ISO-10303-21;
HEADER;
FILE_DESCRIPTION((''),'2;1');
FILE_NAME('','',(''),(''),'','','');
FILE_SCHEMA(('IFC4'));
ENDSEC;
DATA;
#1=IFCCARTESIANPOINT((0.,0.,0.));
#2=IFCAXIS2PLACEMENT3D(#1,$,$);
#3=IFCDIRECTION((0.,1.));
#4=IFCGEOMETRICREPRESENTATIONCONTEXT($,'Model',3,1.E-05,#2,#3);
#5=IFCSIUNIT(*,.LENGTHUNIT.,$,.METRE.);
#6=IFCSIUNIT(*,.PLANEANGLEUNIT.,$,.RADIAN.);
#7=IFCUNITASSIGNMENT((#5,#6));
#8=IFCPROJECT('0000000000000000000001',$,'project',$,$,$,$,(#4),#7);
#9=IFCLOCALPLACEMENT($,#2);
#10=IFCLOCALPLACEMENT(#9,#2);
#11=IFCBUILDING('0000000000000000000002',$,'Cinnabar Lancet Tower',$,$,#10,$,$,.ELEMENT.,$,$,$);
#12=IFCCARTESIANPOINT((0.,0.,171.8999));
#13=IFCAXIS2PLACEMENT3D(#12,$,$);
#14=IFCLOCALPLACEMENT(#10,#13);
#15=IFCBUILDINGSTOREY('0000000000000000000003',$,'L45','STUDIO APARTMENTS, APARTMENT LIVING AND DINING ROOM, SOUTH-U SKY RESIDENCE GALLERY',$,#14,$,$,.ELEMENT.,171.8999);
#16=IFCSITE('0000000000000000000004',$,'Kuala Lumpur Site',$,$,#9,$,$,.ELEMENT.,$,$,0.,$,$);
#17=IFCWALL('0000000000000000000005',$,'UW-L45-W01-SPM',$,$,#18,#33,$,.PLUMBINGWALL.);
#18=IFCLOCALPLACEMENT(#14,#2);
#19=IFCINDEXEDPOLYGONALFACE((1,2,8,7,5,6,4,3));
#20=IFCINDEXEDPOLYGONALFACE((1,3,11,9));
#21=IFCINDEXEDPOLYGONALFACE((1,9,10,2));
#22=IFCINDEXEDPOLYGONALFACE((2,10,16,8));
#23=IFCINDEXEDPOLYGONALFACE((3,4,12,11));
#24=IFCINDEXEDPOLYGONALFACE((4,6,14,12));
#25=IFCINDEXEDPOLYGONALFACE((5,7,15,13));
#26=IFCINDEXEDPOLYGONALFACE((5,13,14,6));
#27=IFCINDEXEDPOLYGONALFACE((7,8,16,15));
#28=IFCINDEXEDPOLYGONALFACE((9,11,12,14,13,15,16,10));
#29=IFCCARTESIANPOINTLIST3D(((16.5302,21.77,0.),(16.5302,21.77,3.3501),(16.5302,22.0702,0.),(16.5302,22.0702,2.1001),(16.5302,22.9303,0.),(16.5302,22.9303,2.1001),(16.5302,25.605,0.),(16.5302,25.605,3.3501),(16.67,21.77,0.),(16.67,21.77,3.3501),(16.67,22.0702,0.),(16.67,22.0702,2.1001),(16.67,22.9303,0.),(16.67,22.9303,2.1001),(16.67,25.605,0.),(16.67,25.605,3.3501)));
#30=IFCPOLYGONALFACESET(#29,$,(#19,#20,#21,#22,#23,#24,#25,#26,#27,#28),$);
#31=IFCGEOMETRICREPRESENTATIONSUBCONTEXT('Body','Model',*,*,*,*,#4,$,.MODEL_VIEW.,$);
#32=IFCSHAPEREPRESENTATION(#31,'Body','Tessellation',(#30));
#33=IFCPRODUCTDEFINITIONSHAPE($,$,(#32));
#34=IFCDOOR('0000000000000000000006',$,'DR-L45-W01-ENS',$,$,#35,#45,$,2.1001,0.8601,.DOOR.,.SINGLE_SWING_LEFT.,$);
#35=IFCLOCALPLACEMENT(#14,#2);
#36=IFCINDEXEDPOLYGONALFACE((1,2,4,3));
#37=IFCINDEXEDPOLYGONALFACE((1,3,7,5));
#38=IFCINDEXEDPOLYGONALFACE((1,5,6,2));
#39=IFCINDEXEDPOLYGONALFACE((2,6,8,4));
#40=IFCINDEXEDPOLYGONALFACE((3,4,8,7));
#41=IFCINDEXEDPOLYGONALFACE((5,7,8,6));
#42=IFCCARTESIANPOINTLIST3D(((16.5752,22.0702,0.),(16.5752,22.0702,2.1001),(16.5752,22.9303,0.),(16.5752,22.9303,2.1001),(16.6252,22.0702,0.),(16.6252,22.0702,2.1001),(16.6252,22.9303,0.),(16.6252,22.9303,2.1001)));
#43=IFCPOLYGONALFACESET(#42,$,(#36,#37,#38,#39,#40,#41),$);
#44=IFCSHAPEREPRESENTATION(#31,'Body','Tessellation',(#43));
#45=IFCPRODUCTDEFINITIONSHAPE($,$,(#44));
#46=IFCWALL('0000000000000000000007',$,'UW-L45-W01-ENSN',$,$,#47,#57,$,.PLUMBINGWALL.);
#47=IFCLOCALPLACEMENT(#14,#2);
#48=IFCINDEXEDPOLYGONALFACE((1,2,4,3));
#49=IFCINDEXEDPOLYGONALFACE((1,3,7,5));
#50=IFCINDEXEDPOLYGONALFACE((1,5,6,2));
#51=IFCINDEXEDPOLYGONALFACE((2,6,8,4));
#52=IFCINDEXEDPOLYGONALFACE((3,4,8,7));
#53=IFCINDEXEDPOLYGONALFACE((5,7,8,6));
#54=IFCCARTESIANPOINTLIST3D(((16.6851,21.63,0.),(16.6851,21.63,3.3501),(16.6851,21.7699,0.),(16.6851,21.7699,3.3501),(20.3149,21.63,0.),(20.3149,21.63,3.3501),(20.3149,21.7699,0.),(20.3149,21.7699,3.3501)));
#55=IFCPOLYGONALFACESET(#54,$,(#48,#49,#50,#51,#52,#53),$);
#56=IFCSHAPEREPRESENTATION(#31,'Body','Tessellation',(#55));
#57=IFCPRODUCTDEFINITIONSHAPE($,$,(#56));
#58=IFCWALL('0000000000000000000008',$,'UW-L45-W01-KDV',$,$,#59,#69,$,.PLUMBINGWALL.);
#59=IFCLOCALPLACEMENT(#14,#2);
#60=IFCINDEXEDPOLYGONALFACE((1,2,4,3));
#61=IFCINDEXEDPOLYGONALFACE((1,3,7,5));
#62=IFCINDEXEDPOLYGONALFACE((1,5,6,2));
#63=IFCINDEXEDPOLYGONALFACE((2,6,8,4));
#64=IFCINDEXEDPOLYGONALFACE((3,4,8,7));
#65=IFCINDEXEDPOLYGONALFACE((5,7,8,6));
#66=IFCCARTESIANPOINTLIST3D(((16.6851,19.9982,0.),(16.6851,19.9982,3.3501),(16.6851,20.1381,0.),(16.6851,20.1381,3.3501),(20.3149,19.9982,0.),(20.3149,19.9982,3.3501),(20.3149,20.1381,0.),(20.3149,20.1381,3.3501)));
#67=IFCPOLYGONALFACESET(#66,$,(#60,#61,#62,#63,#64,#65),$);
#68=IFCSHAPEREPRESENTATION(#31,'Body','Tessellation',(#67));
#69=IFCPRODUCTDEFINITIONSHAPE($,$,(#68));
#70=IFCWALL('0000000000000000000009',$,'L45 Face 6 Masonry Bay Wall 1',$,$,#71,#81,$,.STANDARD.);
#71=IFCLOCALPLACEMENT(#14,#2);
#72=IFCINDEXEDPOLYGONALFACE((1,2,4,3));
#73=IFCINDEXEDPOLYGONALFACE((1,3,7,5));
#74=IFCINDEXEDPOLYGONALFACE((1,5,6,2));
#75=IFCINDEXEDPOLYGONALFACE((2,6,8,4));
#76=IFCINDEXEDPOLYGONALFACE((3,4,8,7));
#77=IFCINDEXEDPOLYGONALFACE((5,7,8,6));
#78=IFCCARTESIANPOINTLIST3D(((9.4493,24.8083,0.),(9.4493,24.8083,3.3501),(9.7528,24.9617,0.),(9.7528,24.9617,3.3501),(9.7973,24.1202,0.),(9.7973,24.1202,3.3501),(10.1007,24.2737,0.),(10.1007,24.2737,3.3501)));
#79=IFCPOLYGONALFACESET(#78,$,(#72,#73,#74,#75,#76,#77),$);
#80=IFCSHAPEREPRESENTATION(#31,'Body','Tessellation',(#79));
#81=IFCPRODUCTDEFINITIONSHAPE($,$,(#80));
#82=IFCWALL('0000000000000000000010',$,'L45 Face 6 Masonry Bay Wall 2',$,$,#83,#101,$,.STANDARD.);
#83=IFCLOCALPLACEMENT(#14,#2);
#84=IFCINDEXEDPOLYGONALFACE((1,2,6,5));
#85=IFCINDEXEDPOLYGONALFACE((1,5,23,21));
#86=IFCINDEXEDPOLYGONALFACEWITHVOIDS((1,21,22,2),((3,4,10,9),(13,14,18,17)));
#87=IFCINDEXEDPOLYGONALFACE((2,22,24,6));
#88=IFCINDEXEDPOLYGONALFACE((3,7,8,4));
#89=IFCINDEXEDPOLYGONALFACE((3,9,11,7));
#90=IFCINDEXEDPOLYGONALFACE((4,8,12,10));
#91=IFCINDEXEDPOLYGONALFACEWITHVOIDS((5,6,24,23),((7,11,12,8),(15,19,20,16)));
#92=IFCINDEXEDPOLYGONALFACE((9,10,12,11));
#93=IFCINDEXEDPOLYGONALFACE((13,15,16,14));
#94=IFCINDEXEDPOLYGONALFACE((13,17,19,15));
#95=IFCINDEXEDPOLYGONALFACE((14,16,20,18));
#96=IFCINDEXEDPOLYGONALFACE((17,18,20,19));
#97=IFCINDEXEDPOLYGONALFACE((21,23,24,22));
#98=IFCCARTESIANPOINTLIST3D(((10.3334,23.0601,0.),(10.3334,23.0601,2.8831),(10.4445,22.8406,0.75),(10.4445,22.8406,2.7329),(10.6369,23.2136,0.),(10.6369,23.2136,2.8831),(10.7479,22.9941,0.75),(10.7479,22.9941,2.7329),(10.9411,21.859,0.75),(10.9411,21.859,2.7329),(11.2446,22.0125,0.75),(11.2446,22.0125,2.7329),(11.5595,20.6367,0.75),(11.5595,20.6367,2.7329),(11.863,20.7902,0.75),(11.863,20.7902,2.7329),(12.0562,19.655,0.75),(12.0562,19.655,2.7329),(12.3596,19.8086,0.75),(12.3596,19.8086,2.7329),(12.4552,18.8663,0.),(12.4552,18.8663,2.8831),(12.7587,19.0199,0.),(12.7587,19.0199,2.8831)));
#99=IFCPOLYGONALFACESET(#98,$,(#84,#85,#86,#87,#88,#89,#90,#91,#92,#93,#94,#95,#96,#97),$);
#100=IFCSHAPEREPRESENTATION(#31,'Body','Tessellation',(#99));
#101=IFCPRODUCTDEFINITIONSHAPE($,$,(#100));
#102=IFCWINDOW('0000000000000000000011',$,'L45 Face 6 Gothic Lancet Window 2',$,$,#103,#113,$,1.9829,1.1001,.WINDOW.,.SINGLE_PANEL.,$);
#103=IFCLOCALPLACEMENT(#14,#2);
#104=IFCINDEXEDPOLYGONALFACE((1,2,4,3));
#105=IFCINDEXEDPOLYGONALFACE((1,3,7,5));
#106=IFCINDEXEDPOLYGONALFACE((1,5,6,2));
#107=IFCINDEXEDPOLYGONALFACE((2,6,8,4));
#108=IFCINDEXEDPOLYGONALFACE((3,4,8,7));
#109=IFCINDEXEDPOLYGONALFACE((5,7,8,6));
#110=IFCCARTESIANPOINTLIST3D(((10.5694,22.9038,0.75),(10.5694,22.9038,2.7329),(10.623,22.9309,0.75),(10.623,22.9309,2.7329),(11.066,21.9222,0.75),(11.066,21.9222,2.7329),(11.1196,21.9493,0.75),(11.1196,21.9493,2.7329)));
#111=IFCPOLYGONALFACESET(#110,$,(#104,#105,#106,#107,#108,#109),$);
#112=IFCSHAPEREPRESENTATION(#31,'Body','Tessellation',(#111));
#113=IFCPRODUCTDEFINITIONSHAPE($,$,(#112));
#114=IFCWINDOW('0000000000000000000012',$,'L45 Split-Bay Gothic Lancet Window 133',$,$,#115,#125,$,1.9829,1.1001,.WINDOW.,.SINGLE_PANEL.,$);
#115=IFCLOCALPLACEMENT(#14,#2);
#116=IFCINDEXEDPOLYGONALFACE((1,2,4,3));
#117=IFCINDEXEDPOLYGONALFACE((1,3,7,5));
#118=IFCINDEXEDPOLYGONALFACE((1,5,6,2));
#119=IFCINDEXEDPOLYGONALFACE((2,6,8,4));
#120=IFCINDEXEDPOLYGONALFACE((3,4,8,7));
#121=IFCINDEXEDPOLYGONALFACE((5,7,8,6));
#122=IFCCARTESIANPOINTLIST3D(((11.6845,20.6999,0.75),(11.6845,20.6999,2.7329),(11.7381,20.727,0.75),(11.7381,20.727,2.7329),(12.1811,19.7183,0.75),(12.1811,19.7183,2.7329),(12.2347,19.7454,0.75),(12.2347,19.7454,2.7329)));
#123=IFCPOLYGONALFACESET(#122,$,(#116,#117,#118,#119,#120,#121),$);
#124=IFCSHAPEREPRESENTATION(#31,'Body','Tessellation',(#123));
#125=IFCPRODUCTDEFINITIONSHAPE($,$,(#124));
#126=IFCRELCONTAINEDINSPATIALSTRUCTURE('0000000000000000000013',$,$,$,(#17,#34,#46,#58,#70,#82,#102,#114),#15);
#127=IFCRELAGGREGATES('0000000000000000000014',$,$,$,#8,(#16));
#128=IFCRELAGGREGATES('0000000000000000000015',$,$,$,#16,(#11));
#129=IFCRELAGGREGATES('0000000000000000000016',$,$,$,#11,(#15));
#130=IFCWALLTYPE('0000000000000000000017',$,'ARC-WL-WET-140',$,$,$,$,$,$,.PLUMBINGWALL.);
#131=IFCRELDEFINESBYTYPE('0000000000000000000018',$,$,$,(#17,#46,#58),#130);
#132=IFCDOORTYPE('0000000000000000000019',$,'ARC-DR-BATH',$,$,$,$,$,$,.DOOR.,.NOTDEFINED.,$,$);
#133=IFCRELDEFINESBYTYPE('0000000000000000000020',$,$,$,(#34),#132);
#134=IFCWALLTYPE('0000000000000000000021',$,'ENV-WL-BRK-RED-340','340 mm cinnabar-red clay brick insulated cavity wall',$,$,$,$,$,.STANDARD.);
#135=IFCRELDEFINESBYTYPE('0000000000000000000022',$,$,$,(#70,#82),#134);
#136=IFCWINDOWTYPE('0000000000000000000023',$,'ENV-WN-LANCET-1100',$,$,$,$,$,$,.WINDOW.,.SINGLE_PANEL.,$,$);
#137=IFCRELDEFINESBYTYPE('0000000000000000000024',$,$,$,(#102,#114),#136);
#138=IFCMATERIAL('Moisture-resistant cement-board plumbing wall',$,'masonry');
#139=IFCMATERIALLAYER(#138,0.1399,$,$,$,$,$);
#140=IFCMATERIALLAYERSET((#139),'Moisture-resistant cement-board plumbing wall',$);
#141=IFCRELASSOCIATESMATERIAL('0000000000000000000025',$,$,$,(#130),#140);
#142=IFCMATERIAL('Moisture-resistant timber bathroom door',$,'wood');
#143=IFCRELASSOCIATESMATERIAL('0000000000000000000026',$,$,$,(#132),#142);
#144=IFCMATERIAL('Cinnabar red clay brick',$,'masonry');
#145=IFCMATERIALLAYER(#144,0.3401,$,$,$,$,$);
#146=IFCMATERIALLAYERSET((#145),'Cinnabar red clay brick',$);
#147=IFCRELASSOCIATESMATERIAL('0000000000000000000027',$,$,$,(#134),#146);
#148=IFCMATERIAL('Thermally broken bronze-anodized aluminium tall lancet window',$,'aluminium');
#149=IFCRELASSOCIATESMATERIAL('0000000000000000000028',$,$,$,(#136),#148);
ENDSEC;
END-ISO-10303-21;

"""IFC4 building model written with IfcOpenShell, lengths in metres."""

from ifc_helpers import new_model, si_unit, direction, frame, frame_2d, origin, place, context, subcontext, project, spatial, rectangle, extrude, material, layer, layer_set, type_object, element, fill, save


model = new_model("IFC4")

# Units and contexts
model_context = context("Model", 3, precision=1e-05, world=origin(), true_north=direction((0.0, 1.0)))
body_context = subcontext(model_context, "Body", "Model", "MODEL_VIEW")
ifc_project = project(units=[si_unit("LENGTHUNIT", "METRE"), si_unit("PLANEANGLEUNIT", "RADIAN")], contexts=[model_context])

# Site, building, storey
site_placement = place(None, origin())
site = spatial("IfcSite", under=ifc_project, at=site_placement, Name="Kuala Lumpur Site", CompositionType="ELEMENT", RefElevation=0.0)
building_placement = place(site_placement, origin())
building = spatial("IfcBuilding", under=site, at=building_placement, Name="Cinnabar Lancet Tower", CompositionType="ELEMENT")
storey_placement = place(building_placement, frame((0.0, 0.0, 171.8999)))
storey = spatial("IfcBuildingStorey", under=building, at=storey_placement, Name="L45", Description="STUDIO APARTMENTS, APARTMENT LIVING AND DINING ROOM, SOUTH-U SKY RESIDENCE GALLERY", CompositionType="ELEMENT", Elevation=171.8999)

# Shared definitions
ifc_material_1 = material(Name="Moisture-resistant cement-board plumbing wall", Category="masonry")
ifc_layer_1 = layer(ifc_material_1, 0.1399)
ifc_layer_set_1 = layer_set([ifc_layer_1], Name="Moisture-resistant cement-board plumbing wall")
wall_type_1 = type_object("IfcWallType", Name="ARC-WL-WET-140", PredefinedType="PLUMBINGWALL", material=ifc_layer_set_1)
ifc_material_2 = material(Name="Moisture-resistant timber bathroom door", Category="wood")
door_type_1 = type_object("IfcDoorType", Name="ARC-DR-BATH", OperationType="NOTDEFINED", PredefinedType="DOOR", material=ifc_material_2)

# Wall, opening, door
wall_1_placement = place(storey_placement, frame((16.6001, 21.77, 0.0), z_axis=(0.0, 0.0, 1.0), x_axis=(0.0, 1.0, 0.0)))
wall_1 = element("IfcWall", 1, at=wall_1_placement, inside=storey, type_object=wall_type_1, Name="UW-L45-W01-SPM", PredefinedType="PLUMBINGWALL", context=body_context, shape_type="SweptSolid", body=[
    extrude(rectangle(XDim=3.835, YDim=0.1399, at=frame_2d((1.9175, 0.0))), origin(), (0.0, 0.0, 1.0), 3.3501),
])
opening_1_placement = place(wall_1_placement, frame((0.3, 0.0, 0.0)))
opening_1 = element("IfcOpeningElement", 2, at=opening_1_placement, cuts=wall_1, PredefinedType="OPENING", context=body_context, shape_type="SweptSolid", body=[
    extrude(rectangle(XDim=0.8601, YDim=2.1001, at=frame_2d((0.4302, 1.05))), frame((0.0, 0.0798, 0.0), z_axis=(0.0, -1.0, 0.0), x_axis=(1.0, 0.0, 0.0)), (0.0, 0.0, 1.0), 0.1599),
])
door_1_placement = place(opening_1_placement, origin())
door_1 = element("IfcDoor", 3, at=door_1_placement, inside=storey, type_object=door_type_1, Name="DR-L45-W01-ENS", OperationType="SINGLE_SWING_LEFT", OverallHeight=2.1001, OverallWidth=0.8601, PredefinedType="DOOR", context=body_context, shape_type="SweptSolid", body=[
    extrude(rectangle(XDim=0.8601, YDim=2.1001, at=frame_2d((0.4302, 1.05))), frame((0.0, 0.0249, 0.0), z_axis=(0.0, -1.0, 0.0), x_axis=(1.0, 0.0, 0.0)), (0.0, 0.0, 1.0), 0.05),
])
fill(opening_1, door_1)

# Walls
for number, where, z_axis, x_axis, name in (
    (4, (16.6851, 21.7, 0.0), (0.0, 0.0, 1.0), (1.0, 0.0, 0.0), "UW-L45-W01-ENSN"),
    (5, (16.6851, 20.0681, 0.0), (0.0, 0.0, 1.0), (1.0, 0.0, 0.0), "UW-L45-W01-KDV"),
):
    element("IfcWall", number, at=place(storey_placement, frame(where, z_axis=z_axis, x_axis=x_axis)), inside=storey, type_object=wall_type_1, Name=name, PredefinedType="PLUMBINGWALL", context=body_context, shape_type="SweptSolid", body=[
        extrude(rectangle(XDim=3.6299, YDim=0.1399, at=frame_2d((1.8149, 0.0))), origin(), (0.0, 0.0, 1.0), 3.3501),
    ])
ifc_material_3 = material(Name="Cinnabar red clay brick", Category="masonry")
ifc_layer_2 = layer(ifc_material_3, 0.3401)
ifc_layer_set_2 = layer_set([ifc_layer_2], Name="Cinnabar red clay brick")
wall_type_2 = type_object("IfcWallType", Name="ENV-WL-BRK-RED-340", Description="340 mm cinnabar-red clay brick insulated cavity wall", PredefinedType="STANDARD", material=ifc_layer_set_2)
wall_2_placement = place(storey_placement, frame((9.6011, 24.885, 0.0), z_axis=(0.0, 0.0, 1.0), x_axis=(0.451262, -0.892391, 0.0)))
element("IfcWall", 6, at=wall_2_placement, inside=storey, type_object=wall_type_2, Name="L45 Face 6 Masonry Bay Wall 1", PredefinedType="STANDARD", context=body_context, shape_type="SweptSolid", body=[
    extrude(rectangle(XDim=0.771, YDim=0.3401, at=frame_2d((0.3855, 0.0))), origin(), (0.0, 0.0, 1.0), 3.3501),
])

# Wall, openings, windows
wall_3_placement = place(storey_placement, frame((10.4851, 23.137, 0.0), z_axis=(0.0, 0.0, 1.0), x_axis=(0.451447, -0.892298, 0.0)))
wall_3 = element("IfcWall", 7, at=wall_3_placement, inside=storey, type_object=wall_type_2, Name="L45 Face 6 Masonry Bay Wall 2", PredefinedType="STANDARD", context=body_context, shape_type="SweptSolid", body=[
    extrude(rectangle(XDim=4.7, YDim=0.3401, at=frame_2d((2.3501, 0.0))), origin(), (0.0, 0.0, 1.0), 2.8831),
])
opening_2_placement = place(wall_3_placement, frame((0.2461, 0.0, 0.75)))
opening_2 = element("IfcOpeningElement", 8, at=opening_2_placement, cuts=wall_3, PredefinedType="OPENING", context=body_context, shape_type="SweptSolid", body=[
    extrude(rectangle(XDim=1.1001, YDim=1.9829, at=frame_2d((0.55, 0.9915))), frame((0.0, 0.1799, 0.0), z_axis=(0.0, -1.0, 0.0), x_axis=(1.0, 0.0, 0.0)), (0.0, 0.0, 1.0), 0.3601),
])
opening_3_placement = place(wall_3_placement, frame((2.7161, 0.0, 0.75)))
opening_3 = element("IfcOpeningElement", 9, at=opening_3_placement, cuts=wall_3, PredefinedType="OPENING", context=body_context, shape_type="SweptSolid", body=[
    extrude(rectangle(XDim=1.1001, YDim=1.9829, at=frame_2d((0.55, 0.9915))), frame((0.0, 0.1799, 0.0), z_axis=(0.0, -1.0, 0.0), x_axis=(1.0, 0.0, 0.0)), (0.0, 0.0, 1.0), 0.3601),
])
ifc_material_4 = material(Name="Thermally broken bronze-anodized aluminium tall lancet window", Category="aluminium")
window_type = type_object("IfcWindowType", Name="ENV-WN-LANCET-1100", PartitioningType="SINGLE_PANEL", PredefinedType="WINDOW", material=ifc_material_4)
window_1_placement = place(opening_2_placement, origin())
window_1 = element("IfcWindow", 10, at=window_1_placement, inside=storey, type_object=window_type, Name="L45 Face 6 Gothic Lancet Window 2", OverallHeight=1.9829, OverallWidth=1.1001, PartitioningType="SINGLE_PANEL", PredefinedType="WINDOW", context=body_context, shape_type="SweptSolid", body=[
    extrude(rectangle(XDim=1.1001, YDim=1.9829, at=frame_2d((0.55, 0.9915))), frame((0.0, 0.03, 0.0), z_axis=(0.0, -1.0, 0.0), x_axis=(1.0, 0.0, 0.0)), (0.0, 0.0, 1.0), 0.0601),
])
fill(opening_2, window_1)
window_2_placement = place(opening_3_placement, origin())
window_2 = element("IfcWindow", 11, at=window_2_placement, inside=storey, type_object=window_type, Name="L45 Split-Bay Gothic Lancet Window 133", OverallHeight=1.9829, OverallWidth=1.1001, PartitioningType="SINGLE_PANEL", PredefinedType="WINDOW", context=body_context, shape_type="SweptSolid", body=[
    extrude(rectangle(XDim=1.1001, YDim=1.9829, at=frame_2d((0.55, 0.9915))), frame((0.0, 0.03, 0.0), z_axis=(0.0, -1.0, 0.0), x_axis=(1.0, 0.0, 0.0)), (0.0, 0.0, 1.0), 0.0601),
])
fill(opening_3, window_2)

save(model, "model.ifc")
